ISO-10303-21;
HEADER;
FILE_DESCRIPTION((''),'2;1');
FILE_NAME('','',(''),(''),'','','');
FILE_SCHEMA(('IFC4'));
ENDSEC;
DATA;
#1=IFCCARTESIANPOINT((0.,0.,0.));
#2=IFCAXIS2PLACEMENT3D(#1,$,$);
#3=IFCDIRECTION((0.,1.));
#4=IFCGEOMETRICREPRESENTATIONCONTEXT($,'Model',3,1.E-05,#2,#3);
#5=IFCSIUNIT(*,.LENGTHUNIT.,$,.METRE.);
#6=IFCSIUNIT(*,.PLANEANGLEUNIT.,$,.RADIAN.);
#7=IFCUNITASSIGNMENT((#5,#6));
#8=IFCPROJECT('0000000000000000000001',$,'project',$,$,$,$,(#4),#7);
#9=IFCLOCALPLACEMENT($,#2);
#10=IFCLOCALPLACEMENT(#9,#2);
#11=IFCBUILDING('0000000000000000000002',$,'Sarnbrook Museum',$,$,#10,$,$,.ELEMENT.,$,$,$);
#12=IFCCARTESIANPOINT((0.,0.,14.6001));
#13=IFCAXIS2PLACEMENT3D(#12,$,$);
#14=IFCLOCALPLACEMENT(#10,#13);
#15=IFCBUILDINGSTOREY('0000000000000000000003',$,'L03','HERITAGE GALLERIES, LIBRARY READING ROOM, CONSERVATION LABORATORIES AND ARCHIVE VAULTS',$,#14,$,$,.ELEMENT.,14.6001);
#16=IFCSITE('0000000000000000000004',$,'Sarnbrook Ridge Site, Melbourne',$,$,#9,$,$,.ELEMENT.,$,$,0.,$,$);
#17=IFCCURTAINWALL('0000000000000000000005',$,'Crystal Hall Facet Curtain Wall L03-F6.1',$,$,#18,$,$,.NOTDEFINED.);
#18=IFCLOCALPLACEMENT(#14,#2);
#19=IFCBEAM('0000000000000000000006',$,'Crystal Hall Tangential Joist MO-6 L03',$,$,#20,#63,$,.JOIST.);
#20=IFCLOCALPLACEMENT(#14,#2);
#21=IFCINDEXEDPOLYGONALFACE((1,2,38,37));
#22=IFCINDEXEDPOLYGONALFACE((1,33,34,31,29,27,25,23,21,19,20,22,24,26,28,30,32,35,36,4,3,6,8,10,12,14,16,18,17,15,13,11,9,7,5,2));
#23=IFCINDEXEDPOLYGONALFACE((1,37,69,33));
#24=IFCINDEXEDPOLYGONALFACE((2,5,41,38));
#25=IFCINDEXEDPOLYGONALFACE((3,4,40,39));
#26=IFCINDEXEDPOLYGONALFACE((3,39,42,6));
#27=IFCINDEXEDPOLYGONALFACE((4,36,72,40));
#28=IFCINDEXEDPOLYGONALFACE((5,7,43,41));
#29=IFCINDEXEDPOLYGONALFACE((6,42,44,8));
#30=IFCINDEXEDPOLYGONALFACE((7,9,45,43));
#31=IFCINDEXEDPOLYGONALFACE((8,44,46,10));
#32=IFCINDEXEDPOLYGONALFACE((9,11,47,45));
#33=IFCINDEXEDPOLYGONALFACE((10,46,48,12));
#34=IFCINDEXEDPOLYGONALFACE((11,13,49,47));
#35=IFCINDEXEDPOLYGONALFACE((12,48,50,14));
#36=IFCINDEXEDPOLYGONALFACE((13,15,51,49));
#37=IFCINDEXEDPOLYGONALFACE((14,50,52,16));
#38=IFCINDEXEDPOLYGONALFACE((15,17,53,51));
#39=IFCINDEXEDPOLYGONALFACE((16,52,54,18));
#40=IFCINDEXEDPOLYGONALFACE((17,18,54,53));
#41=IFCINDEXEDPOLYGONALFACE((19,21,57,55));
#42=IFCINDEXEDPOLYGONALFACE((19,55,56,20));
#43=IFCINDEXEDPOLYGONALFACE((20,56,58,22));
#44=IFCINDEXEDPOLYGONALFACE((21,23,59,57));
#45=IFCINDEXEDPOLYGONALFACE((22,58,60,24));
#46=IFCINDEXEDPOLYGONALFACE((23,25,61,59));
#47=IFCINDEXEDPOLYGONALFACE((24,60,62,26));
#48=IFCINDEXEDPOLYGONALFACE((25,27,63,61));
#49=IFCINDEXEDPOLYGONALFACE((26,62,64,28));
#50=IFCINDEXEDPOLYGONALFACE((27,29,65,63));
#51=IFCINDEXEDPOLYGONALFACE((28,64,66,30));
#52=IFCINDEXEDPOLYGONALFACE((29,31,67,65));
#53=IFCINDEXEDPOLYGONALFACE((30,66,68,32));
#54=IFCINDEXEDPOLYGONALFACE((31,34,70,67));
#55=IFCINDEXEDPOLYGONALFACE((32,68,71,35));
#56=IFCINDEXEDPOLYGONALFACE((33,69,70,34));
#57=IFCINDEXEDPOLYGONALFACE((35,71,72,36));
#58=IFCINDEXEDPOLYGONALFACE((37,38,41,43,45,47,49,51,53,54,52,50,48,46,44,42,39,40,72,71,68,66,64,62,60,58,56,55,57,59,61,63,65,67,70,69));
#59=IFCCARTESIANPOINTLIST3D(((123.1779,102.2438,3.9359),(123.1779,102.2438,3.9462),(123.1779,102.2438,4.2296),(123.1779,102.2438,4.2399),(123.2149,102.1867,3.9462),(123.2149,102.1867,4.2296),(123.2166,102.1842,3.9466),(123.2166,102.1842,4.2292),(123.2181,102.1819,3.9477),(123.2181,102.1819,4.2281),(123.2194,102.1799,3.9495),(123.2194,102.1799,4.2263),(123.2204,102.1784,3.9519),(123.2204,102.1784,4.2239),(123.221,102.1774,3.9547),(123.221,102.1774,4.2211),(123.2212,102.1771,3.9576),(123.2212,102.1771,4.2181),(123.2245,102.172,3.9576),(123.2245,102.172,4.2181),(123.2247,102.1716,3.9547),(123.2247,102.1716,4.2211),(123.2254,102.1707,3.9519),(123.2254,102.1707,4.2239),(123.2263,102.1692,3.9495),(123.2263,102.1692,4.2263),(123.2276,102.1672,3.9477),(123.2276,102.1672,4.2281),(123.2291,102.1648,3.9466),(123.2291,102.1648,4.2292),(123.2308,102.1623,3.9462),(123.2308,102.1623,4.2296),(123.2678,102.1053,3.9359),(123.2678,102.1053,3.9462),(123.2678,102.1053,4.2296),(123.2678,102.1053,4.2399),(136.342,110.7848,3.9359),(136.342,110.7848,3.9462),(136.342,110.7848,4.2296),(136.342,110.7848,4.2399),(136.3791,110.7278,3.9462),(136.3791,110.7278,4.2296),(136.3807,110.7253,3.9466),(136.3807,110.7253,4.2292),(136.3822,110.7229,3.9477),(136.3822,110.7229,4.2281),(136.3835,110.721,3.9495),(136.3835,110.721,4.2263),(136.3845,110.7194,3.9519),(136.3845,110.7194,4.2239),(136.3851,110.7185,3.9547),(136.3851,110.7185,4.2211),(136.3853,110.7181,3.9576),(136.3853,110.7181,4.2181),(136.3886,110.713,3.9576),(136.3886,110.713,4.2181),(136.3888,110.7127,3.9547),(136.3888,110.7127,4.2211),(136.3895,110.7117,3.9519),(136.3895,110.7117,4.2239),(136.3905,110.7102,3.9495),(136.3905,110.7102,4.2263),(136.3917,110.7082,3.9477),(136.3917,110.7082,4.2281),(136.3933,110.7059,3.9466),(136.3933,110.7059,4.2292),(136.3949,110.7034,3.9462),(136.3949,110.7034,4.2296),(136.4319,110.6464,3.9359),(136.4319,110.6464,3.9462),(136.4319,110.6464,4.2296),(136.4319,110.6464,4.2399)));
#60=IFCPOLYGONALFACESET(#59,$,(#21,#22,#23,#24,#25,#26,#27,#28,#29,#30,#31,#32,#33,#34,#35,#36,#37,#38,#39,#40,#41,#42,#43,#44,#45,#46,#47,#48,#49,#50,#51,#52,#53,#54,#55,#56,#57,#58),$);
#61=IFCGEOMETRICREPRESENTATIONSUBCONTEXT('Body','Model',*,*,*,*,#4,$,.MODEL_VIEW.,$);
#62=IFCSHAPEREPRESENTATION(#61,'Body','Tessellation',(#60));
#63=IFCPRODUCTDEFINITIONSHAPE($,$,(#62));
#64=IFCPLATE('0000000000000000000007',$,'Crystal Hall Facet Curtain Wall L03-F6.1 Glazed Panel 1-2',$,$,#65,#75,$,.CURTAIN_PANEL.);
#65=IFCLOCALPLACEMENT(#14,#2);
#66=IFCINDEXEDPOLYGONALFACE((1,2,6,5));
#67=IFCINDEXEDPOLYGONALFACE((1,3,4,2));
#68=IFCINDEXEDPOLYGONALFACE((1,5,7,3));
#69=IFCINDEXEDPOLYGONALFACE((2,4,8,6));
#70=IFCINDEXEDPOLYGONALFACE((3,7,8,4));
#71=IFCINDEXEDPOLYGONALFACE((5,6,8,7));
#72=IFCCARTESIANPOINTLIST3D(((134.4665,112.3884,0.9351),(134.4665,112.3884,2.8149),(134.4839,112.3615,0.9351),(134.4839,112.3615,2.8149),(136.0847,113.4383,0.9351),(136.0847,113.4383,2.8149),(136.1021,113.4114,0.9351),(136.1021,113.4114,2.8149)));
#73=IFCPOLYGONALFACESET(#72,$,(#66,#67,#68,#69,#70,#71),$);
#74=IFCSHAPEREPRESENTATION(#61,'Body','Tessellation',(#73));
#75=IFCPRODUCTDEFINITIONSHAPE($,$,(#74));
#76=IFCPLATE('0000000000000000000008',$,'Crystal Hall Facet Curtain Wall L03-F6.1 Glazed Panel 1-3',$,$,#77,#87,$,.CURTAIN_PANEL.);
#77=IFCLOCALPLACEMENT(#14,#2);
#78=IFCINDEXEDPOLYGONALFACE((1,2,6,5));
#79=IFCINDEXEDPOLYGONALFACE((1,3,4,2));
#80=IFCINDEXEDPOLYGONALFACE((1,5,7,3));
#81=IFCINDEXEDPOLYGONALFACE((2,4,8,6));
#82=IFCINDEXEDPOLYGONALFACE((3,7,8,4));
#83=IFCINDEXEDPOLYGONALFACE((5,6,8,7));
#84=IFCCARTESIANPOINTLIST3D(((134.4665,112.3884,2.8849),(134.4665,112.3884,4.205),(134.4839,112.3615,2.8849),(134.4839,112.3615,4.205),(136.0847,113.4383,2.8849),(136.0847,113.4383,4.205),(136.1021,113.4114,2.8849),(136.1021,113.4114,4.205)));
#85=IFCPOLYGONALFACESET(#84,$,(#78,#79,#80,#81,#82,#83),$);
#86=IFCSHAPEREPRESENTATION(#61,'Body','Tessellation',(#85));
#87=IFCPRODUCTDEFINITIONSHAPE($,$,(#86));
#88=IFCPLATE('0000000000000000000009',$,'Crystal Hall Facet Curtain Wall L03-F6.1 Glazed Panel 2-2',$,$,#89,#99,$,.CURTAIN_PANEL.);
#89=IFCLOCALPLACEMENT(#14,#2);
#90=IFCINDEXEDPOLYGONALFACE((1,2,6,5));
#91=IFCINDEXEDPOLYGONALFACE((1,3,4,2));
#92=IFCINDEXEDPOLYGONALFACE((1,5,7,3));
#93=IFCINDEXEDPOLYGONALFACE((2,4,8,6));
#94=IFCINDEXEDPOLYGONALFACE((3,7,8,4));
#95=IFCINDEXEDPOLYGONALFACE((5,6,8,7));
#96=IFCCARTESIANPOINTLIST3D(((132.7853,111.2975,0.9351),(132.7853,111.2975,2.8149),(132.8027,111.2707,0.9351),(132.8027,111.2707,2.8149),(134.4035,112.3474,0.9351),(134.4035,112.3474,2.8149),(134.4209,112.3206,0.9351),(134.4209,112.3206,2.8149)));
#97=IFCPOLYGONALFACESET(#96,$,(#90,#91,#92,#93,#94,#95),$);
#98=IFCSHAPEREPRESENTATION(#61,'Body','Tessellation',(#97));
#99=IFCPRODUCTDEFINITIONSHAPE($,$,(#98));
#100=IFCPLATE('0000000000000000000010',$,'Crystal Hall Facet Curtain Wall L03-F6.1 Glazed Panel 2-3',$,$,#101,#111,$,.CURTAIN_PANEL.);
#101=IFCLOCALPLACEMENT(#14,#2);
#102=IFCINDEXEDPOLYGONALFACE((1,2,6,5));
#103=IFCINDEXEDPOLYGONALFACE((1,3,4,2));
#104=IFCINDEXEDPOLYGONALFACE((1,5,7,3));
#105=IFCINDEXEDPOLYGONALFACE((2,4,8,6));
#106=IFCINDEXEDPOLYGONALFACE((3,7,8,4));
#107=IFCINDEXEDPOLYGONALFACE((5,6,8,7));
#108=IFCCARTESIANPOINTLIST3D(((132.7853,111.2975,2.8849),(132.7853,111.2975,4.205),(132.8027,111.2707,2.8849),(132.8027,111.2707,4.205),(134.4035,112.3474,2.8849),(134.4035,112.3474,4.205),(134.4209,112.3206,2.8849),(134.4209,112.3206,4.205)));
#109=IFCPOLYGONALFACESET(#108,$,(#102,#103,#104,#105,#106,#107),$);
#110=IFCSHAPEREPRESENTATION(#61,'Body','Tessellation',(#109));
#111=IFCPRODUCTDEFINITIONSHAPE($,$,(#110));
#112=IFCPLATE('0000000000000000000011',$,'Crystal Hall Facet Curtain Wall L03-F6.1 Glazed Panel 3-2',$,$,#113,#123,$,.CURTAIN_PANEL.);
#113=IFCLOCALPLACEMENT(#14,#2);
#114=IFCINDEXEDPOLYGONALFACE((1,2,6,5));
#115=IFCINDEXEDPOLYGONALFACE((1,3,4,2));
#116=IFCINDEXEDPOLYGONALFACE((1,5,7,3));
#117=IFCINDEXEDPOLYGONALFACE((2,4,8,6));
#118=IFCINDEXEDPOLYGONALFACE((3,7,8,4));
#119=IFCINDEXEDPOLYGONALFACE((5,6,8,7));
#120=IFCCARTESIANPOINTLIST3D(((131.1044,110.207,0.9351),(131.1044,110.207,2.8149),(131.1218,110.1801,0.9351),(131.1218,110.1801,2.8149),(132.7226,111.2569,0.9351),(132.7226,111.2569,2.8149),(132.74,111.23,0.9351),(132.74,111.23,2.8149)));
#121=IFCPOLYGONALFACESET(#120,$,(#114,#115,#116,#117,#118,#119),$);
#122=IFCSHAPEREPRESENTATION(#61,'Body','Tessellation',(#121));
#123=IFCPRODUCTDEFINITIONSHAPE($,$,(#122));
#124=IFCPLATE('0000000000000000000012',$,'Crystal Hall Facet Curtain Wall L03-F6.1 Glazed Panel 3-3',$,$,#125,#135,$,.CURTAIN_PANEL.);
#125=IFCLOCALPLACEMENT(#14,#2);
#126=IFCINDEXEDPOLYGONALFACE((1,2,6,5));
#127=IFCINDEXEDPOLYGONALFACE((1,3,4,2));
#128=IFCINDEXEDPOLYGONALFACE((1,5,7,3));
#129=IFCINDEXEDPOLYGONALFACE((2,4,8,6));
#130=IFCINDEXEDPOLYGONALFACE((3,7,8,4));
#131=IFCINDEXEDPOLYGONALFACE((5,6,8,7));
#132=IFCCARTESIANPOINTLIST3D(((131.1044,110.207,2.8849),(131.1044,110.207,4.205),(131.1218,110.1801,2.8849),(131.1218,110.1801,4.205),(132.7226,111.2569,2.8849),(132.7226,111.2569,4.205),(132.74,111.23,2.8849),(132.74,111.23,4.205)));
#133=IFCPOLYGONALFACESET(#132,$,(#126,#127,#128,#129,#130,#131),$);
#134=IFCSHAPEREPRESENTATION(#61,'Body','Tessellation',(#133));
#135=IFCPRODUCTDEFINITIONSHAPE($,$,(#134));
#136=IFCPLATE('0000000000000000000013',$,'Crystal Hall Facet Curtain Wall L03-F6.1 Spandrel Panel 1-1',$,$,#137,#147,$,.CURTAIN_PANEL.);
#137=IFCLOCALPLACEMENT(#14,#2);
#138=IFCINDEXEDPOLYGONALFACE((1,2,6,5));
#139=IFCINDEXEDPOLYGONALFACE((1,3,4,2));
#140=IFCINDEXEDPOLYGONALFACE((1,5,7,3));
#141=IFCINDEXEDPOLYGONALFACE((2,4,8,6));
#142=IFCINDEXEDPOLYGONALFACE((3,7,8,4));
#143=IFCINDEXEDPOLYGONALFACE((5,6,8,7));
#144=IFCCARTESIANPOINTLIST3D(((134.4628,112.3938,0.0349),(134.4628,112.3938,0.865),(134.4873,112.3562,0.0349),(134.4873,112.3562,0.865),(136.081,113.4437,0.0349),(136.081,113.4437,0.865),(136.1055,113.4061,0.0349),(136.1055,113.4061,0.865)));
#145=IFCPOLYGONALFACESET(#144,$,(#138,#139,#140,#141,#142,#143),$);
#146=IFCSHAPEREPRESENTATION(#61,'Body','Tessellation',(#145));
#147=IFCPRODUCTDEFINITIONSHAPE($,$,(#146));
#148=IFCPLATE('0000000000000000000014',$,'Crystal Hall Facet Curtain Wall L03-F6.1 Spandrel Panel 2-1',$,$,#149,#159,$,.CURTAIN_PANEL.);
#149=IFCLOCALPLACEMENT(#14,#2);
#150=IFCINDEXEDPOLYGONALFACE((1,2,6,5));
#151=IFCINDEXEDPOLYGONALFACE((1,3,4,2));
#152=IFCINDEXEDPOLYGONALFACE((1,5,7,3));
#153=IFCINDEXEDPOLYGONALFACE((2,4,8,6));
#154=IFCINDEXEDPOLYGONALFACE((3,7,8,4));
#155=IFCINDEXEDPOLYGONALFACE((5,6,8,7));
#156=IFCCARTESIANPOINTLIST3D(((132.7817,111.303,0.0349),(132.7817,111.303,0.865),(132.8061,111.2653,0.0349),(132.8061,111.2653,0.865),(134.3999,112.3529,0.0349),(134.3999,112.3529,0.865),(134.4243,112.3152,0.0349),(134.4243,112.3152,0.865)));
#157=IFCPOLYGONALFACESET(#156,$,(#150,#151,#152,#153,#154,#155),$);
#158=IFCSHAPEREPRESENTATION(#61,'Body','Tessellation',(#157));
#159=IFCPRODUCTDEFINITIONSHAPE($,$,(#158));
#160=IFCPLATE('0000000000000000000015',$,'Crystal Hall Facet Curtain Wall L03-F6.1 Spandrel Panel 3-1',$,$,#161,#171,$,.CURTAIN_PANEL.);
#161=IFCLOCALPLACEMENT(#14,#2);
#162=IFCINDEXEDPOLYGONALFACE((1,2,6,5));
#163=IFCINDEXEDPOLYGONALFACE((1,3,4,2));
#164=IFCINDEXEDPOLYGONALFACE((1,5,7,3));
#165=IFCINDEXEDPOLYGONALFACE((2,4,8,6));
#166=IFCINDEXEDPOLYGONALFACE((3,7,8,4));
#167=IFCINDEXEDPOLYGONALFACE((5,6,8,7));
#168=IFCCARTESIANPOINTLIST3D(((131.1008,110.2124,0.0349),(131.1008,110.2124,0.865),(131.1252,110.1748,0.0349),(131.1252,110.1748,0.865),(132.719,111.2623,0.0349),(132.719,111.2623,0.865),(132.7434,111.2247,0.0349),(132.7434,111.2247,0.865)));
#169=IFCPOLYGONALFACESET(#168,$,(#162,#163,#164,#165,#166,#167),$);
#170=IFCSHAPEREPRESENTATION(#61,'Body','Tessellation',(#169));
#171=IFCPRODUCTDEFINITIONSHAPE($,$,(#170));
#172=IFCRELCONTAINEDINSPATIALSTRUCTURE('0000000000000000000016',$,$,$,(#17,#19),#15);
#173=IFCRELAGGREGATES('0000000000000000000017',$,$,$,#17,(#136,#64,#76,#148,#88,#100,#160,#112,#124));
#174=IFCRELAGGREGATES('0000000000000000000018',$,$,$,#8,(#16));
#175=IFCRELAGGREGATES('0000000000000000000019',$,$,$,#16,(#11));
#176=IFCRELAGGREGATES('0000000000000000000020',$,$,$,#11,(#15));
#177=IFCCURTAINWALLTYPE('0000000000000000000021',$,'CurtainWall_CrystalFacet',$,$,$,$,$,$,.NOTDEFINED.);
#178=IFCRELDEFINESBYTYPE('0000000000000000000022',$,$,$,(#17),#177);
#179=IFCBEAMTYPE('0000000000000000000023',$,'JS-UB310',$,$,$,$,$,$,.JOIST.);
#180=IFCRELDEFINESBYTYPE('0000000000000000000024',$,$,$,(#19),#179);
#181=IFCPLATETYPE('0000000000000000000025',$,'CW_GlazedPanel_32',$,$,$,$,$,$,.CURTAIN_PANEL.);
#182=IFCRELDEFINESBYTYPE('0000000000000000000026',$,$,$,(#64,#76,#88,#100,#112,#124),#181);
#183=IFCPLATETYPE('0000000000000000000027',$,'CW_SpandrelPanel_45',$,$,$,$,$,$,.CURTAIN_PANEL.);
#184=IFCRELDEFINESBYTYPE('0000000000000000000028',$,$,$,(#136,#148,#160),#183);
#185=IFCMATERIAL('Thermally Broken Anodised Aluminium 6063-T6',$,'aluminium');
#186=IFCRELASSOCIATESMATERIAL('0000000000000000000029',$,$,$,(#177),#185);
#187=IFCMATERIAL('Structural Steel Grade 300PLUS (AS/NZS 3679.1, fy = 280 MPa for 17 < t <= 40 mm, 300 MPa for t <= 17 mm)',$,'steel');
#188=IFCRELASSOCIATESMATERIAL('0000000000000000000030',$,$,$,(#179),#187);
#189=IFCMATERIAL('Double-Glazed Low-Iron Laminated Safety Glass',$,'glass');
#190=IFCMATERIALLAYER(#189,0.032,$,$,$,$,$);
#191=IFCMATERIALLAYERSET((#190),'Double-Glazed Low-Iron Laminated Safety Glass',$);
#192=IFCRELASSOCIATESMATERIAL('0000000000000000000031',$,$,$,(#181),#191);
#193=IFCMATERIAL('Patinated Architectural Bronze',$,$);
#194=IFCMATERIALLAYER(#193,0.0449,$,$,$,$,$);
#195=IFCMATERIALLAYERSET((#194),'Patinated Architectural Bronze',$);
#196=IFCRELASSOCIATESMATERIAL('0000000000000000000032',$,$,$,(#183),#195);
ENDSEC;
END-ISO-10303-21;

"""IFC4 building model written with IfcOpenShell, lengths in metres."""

from ifc_helpers import new_model, si_unit, direction, frame, origin, origin_2d, place, context, subcontext, project, spatial, rectangle, i_section, extrude, material, layer, layer_set, material_profile, profile_set, type_object, element, aggregate, save


model = new_model("IFC4")

# Units and contexts
model_context = context("Model", 3, precision=1e-05, world=origin(), true_north=direction((0.0, 1.0)))
body_context = subcontext(model_context, "Body", "Model", "MODEL_VIEW")
ifc_project = project(units=[si_unit("LENGTHUNIT", "METRE"), si_unit("PLANEANGLEUNIT", "RADIAN")], contexts=[model_context])

# Site, building, storey
site_placement = place(None, origin())
site = spatial("IfcSite", under=ifc_project, at=site_placement, Name="Sarnbrook Ridge Site, Melbourne", CompositionType="ELEMENT", RefElevation=0.0)
building_placement = place(site_placement, origin())
building = spatial("IfcBuilding", under=site, at=building_placement, Name="Sarnbrook Museum", CompositionType="ELEMENT")
storey_placement = place(building_placement, frame((0.0, 0.0, 14.6001)))
storey = spatial("IfcBuildingStorey", under=building, at=storey_placement, Name="L03", Description="HERITAGE GALLERIES, LIBRARY READING ROOM, CONSERVATION LABORATORIES AND ARCHIVE VAULTS", CompositionType="ELEMENT", Elevation=14.6001)

# Shared definitions
ifc_material_1 = material(Name="Thermally Broken Anodised Aluminium 6063-T6", Category="aluminium")
curtain_wall_type = type_object("IfcCurtainWallType", Name="CurtainWall_CrystalFacet", PredefinedType="NOTDEFINED", material=ifc_material_1)

# Curtain wall
curtain_wall_1_placement = place(storey_placement, origin())
curtain_wall_1 = element("IfcCurtainWall", 1, at=curtain_wall_1_placement, inside=storey, type_object=curtain_wall_type, Name="Crystal Hall Facet Curtain Wall L03-F6.1", PredefinedType="NOTDEFINED")

# Beam
ifc_material_2 = material(Name="Structural Steel Grade 300PLUS (AS/NZS 3679.1, fy = 280 MPa for 17 < t <= 40 mm, 300 MPa for t <= 17 mm)", Category="steel")
ifc_material_profile_1 = material_profile(ifc_material_2, i_section(OverallWidth=0.165, OverallDepth=0.304, WebThickness=0.0061, FlangeThickness=0.0103, FilletRadius=0.0115, at=origin_2d()), Name="310UB40.4")
ifc_profile_set_1 = profile_set([ifc_material_profile_1], Name="Structural Steel Grade 300PLUS (AS/NZS 3679.1, fy = 280 MPa for 17 < t <= 40 mm, 300 MPa for t <= 17 mm)")
beam_type_1 = type_object("IfcBeamType", Name="JS-UB310", PredefinedType="JOIST", material=ifc_profile_set_1)
beam_1_placement = place(storey_placement, frame((136.387, 110.7156, 4.0879), z_axis=(-0.838898, -0.544288, 0.0), x_axis=(0.544288, -0.838898, 0.0)))
element("IfcBeam", 2, at=beam_1_placement, inside=storey, type_object=beam_type_1, Name="Crystal Hall Tangential Joist MO-6 L03", PredefinedType="JOIST", context=body_context, shape_type="SweptSolid", body=[
    extrude(i_section(OverallWidth=0.165, OverallDepth=0.304, WebThickness=0.0061, FlangeThickness=0.0103, FilletRadius=0.0115, at=origin_2d()), origin(), (0.0, 0.0, 1.0), 15.6921),
])

# Plates
ifc_material_3 = material(Name="Double-Glazed Low-Iron Laminated Safety Glass", Category="glass")
ifc_layer_1 = layer(ifc_material_3, 0.032)
ifc_layer_set_1 = layer_set([ifc_layer_1], Name="Double-Glazed Low-Iron Laminated Safety Glass")
plate_type_1 = type_object("IfcPlateType", Name="CW_GlazedPanel_32", PredefinedType="CURTAIN_PANEL", material=ifc_layer_set_1)
plate_1_placement = place(storey_placement, frame((135.293, 112.8865, 1.875), z_axis=(-0.544285, 0.838901, 0.0), x_axis=(-0.838901, -0.544285, 0.0)))
plate_1 = element("IfcPlate", 3, at=plate_1_placement, type_object=plate_type_1, Name="Crystal Hall Facet Curtain Wall L03-F6.1 Glazed Panel 1-2", PredefinedType="CURTAIN_PANEL", context=body_context, shape_type="SweptSolid", body=[
    extrude(rectangle(XDim=1.929, YDim=1.8799, at=origin_2d()), origin(), (0.0, 0.0, 1.0), 0.032),
])
plate_2_placement = place(storey_placement, frame((135.293, 112.8865, 3.5449), z_axis=(-0.544285, 0.838901, 0.0), x_axis=(-0.838901, -0.544285, 0.0)))
plate_2 = element("IfcPlate", 4, at=plate_2_placement, type_object=plate_type_1, Name="Crystal Hall Facet Curtain Wall L03-F6.1 Glazed Panel 1-3", PredefinedType="CURTAIN_PANEL", context=body_context, shape_type="SweptSolid", body=[
    extrude(rectangle(XDim=1.929, YDim=1.3201, at=origin_2d()), origin(), (0.0, 0.0, 1.0), 0.032),
])
plate_3_placement = place(storey_placement, frame((133.6118, 111.7957, 1.875), z_axis=(-0.544285, 0.838901, 0.0), x_axis=(-0.838901, -0.544285, 0.0)))
plate_3 = element("IfcPlate", 5, at=plate_3_placement, type_object=plate_type_1, Name="Crystal Hall Facet Curtain Wall L03-F6.1 Glazed Panel 2-2", PredefinedType="CURTAIN_PANEL", context=body_context, shape_type="SweptSolid", body=[
    extrude(rectangle(XDim=1.929, YDim=1.8799, at=origin_2d()), origin(), (0.0, 0.0, 1.0), 0.032),
])
plate_4_placement = place(storey_placement, frame((133.6118, 111.7957, 3.5449), z_axis=(-0.544285, 0.838901, 0.0), x_axis=(-0.838901, -0.544285, 0.0)))
plate_4 = element("IfcPlate", 6, at=plate_4_placement, type_object=plate_type_1, Name="Crystal Hall Facet Curtain Wall L03-F6.1 Glazed Panel 2-3", PredefinedType="CURTAIN_PANEL", context=body_context, shape_type="SweptSolid", body=[
    extrude(rectangle(XDim=1.929, YDim=1.3201, at=origin_2d()), origin(), (0.0, 0.0, 1.0), 0.032),
])
plate_5_placement = place(storey_placement, frame((131.9309, 110.7051, 1.875), z_axis=(-0.544285, 0.838901, 0.0), x_axis=(-0.838901, -0.544285, 0.0)))
plate_5 = element("IfcPlate", 7, at=plate_5_placement, type_object=plate_type_1, Name="Crystal Hall Facet Curtain Wall L03-F6.1 Glazed Panel 3-2", PredefinedType="CURTAIN_PANEL", context=body_context, shape_type="SweptSolid", body=[
    extrude(rectangle(XDim=1.929, YDim=1.8799, at=origin_2d()), origin(), (0.0, 0.0, 1.0), 0.032),
])
plate_6_placement = place(storey_placement, frame((131.9309, 110.7051, 3.5449), z_axis=(-0.544285, 0.838901, 0.0), x_axis=(-0.838901, -0.544285, 0.0)))
plate_6 = element("IfcPlate", 8, at=plate_6_placement, type_object=plate_type_1, Name="Crystal Hall Facet Curtain Wall L03-F6.1 Glazed Panel 3-3", PredefinedType="CURTAIN_PANEL", context=body_context, shape_type="SweptSolid", body=[
    extrude(rectangle(XDim=1.929, YDim=1.3201, at=origin_2d()), origin(), (0.0, 0.0, 1.0), 0.032),
])
ifc_material_4 = material(Name="Patinated Architectural Bronze")
ifc_layer_2 = layer(ifc_material_4, 0.0449)
ifc_layer_set_2 = layer_set([ifc_layer_2], Name="Patinated Architectural Bronze")
plate_type_2 = type_object("IfcPlateType", Name="CW_SpandrelPanel_45", PredefinedType="CURTAIN_PANEL", material=ifc_layer_set_2)
plate_7_placement = place(storey_placement, frame((135.2964, 112.8811, 0.45), z_axis=(-0.544285, 0.838901, 0.0), x_axis=(-0.838901, -0.544285, 0.0)))
plate_7 = element("IfcPlate", 9, at=plate_7_placement, type_object=plate_type_2, Name="Crystal Hall Facet Curtain Wall L03-F6.1 Spandrel Panel 1-1", PredefinedType="CURTAIN_PANEL", context=body_context, shape_type="SweptSolid", body=[
    extrude(rectangle(XDim=1.929, YDim=0.8301, at=origin_2d()), origin(), (0.0, 0.0, 1.0), 0.0449),
])
plate_8_placement = place(storey_placement, frame((133.6152, 111.7903, 0.45), z_axis=(-0.544285, 0.838901, 0.0), x_axis=(-0.838901, -0.544285, 0.0)))
plate_8 = element("IfcPlate", 10, at=plate_8_placement, type_object=plate_type_2, Name="Crystal Hall Facet Curtain Wall L03-F6.1 Spandrel Panel 2-1", PredefinedType="CURTAIN_PANEL", context=body_context, shape_type="SweptSolid", body=[
    extrude(rectangle(XDim=1.929, YDim=0.8301, at=origin_2d()), origin(), (0.0, 0.0, 1.0), 0.0449),
])
plate_9_placement = place(storey_placement, frame((131.9343, 110.6997, 0.45), z_axis=(-0.544285, 0.838901, 0.0), x_axis=(-0.838901, -0.544285, 0.0)))
plate_9 = element("IfcPlate", 11, at=plate_9_placement, type_object=plate_type_2, Name="Crystal Hall Facet Curtain Wall L03-F6.1 Spandrel Panel 3-1", PredefinedType="CURTAIN_PANEL", context=body_context, shape_type="SweptSolid", body=[
    extrude(rectangle(XDim=1.929, YDim=0.8301, at=origin_2d()), origin(), (0.0, 0.0, 1.0), 0.0449),
])
aggregate(curtain_wall_1, [plate_7, plate_1, plate_2, plate_8, plate_3, plate_4, plate_9, plate_5, plate_6])

save(model, "model.ifc")
